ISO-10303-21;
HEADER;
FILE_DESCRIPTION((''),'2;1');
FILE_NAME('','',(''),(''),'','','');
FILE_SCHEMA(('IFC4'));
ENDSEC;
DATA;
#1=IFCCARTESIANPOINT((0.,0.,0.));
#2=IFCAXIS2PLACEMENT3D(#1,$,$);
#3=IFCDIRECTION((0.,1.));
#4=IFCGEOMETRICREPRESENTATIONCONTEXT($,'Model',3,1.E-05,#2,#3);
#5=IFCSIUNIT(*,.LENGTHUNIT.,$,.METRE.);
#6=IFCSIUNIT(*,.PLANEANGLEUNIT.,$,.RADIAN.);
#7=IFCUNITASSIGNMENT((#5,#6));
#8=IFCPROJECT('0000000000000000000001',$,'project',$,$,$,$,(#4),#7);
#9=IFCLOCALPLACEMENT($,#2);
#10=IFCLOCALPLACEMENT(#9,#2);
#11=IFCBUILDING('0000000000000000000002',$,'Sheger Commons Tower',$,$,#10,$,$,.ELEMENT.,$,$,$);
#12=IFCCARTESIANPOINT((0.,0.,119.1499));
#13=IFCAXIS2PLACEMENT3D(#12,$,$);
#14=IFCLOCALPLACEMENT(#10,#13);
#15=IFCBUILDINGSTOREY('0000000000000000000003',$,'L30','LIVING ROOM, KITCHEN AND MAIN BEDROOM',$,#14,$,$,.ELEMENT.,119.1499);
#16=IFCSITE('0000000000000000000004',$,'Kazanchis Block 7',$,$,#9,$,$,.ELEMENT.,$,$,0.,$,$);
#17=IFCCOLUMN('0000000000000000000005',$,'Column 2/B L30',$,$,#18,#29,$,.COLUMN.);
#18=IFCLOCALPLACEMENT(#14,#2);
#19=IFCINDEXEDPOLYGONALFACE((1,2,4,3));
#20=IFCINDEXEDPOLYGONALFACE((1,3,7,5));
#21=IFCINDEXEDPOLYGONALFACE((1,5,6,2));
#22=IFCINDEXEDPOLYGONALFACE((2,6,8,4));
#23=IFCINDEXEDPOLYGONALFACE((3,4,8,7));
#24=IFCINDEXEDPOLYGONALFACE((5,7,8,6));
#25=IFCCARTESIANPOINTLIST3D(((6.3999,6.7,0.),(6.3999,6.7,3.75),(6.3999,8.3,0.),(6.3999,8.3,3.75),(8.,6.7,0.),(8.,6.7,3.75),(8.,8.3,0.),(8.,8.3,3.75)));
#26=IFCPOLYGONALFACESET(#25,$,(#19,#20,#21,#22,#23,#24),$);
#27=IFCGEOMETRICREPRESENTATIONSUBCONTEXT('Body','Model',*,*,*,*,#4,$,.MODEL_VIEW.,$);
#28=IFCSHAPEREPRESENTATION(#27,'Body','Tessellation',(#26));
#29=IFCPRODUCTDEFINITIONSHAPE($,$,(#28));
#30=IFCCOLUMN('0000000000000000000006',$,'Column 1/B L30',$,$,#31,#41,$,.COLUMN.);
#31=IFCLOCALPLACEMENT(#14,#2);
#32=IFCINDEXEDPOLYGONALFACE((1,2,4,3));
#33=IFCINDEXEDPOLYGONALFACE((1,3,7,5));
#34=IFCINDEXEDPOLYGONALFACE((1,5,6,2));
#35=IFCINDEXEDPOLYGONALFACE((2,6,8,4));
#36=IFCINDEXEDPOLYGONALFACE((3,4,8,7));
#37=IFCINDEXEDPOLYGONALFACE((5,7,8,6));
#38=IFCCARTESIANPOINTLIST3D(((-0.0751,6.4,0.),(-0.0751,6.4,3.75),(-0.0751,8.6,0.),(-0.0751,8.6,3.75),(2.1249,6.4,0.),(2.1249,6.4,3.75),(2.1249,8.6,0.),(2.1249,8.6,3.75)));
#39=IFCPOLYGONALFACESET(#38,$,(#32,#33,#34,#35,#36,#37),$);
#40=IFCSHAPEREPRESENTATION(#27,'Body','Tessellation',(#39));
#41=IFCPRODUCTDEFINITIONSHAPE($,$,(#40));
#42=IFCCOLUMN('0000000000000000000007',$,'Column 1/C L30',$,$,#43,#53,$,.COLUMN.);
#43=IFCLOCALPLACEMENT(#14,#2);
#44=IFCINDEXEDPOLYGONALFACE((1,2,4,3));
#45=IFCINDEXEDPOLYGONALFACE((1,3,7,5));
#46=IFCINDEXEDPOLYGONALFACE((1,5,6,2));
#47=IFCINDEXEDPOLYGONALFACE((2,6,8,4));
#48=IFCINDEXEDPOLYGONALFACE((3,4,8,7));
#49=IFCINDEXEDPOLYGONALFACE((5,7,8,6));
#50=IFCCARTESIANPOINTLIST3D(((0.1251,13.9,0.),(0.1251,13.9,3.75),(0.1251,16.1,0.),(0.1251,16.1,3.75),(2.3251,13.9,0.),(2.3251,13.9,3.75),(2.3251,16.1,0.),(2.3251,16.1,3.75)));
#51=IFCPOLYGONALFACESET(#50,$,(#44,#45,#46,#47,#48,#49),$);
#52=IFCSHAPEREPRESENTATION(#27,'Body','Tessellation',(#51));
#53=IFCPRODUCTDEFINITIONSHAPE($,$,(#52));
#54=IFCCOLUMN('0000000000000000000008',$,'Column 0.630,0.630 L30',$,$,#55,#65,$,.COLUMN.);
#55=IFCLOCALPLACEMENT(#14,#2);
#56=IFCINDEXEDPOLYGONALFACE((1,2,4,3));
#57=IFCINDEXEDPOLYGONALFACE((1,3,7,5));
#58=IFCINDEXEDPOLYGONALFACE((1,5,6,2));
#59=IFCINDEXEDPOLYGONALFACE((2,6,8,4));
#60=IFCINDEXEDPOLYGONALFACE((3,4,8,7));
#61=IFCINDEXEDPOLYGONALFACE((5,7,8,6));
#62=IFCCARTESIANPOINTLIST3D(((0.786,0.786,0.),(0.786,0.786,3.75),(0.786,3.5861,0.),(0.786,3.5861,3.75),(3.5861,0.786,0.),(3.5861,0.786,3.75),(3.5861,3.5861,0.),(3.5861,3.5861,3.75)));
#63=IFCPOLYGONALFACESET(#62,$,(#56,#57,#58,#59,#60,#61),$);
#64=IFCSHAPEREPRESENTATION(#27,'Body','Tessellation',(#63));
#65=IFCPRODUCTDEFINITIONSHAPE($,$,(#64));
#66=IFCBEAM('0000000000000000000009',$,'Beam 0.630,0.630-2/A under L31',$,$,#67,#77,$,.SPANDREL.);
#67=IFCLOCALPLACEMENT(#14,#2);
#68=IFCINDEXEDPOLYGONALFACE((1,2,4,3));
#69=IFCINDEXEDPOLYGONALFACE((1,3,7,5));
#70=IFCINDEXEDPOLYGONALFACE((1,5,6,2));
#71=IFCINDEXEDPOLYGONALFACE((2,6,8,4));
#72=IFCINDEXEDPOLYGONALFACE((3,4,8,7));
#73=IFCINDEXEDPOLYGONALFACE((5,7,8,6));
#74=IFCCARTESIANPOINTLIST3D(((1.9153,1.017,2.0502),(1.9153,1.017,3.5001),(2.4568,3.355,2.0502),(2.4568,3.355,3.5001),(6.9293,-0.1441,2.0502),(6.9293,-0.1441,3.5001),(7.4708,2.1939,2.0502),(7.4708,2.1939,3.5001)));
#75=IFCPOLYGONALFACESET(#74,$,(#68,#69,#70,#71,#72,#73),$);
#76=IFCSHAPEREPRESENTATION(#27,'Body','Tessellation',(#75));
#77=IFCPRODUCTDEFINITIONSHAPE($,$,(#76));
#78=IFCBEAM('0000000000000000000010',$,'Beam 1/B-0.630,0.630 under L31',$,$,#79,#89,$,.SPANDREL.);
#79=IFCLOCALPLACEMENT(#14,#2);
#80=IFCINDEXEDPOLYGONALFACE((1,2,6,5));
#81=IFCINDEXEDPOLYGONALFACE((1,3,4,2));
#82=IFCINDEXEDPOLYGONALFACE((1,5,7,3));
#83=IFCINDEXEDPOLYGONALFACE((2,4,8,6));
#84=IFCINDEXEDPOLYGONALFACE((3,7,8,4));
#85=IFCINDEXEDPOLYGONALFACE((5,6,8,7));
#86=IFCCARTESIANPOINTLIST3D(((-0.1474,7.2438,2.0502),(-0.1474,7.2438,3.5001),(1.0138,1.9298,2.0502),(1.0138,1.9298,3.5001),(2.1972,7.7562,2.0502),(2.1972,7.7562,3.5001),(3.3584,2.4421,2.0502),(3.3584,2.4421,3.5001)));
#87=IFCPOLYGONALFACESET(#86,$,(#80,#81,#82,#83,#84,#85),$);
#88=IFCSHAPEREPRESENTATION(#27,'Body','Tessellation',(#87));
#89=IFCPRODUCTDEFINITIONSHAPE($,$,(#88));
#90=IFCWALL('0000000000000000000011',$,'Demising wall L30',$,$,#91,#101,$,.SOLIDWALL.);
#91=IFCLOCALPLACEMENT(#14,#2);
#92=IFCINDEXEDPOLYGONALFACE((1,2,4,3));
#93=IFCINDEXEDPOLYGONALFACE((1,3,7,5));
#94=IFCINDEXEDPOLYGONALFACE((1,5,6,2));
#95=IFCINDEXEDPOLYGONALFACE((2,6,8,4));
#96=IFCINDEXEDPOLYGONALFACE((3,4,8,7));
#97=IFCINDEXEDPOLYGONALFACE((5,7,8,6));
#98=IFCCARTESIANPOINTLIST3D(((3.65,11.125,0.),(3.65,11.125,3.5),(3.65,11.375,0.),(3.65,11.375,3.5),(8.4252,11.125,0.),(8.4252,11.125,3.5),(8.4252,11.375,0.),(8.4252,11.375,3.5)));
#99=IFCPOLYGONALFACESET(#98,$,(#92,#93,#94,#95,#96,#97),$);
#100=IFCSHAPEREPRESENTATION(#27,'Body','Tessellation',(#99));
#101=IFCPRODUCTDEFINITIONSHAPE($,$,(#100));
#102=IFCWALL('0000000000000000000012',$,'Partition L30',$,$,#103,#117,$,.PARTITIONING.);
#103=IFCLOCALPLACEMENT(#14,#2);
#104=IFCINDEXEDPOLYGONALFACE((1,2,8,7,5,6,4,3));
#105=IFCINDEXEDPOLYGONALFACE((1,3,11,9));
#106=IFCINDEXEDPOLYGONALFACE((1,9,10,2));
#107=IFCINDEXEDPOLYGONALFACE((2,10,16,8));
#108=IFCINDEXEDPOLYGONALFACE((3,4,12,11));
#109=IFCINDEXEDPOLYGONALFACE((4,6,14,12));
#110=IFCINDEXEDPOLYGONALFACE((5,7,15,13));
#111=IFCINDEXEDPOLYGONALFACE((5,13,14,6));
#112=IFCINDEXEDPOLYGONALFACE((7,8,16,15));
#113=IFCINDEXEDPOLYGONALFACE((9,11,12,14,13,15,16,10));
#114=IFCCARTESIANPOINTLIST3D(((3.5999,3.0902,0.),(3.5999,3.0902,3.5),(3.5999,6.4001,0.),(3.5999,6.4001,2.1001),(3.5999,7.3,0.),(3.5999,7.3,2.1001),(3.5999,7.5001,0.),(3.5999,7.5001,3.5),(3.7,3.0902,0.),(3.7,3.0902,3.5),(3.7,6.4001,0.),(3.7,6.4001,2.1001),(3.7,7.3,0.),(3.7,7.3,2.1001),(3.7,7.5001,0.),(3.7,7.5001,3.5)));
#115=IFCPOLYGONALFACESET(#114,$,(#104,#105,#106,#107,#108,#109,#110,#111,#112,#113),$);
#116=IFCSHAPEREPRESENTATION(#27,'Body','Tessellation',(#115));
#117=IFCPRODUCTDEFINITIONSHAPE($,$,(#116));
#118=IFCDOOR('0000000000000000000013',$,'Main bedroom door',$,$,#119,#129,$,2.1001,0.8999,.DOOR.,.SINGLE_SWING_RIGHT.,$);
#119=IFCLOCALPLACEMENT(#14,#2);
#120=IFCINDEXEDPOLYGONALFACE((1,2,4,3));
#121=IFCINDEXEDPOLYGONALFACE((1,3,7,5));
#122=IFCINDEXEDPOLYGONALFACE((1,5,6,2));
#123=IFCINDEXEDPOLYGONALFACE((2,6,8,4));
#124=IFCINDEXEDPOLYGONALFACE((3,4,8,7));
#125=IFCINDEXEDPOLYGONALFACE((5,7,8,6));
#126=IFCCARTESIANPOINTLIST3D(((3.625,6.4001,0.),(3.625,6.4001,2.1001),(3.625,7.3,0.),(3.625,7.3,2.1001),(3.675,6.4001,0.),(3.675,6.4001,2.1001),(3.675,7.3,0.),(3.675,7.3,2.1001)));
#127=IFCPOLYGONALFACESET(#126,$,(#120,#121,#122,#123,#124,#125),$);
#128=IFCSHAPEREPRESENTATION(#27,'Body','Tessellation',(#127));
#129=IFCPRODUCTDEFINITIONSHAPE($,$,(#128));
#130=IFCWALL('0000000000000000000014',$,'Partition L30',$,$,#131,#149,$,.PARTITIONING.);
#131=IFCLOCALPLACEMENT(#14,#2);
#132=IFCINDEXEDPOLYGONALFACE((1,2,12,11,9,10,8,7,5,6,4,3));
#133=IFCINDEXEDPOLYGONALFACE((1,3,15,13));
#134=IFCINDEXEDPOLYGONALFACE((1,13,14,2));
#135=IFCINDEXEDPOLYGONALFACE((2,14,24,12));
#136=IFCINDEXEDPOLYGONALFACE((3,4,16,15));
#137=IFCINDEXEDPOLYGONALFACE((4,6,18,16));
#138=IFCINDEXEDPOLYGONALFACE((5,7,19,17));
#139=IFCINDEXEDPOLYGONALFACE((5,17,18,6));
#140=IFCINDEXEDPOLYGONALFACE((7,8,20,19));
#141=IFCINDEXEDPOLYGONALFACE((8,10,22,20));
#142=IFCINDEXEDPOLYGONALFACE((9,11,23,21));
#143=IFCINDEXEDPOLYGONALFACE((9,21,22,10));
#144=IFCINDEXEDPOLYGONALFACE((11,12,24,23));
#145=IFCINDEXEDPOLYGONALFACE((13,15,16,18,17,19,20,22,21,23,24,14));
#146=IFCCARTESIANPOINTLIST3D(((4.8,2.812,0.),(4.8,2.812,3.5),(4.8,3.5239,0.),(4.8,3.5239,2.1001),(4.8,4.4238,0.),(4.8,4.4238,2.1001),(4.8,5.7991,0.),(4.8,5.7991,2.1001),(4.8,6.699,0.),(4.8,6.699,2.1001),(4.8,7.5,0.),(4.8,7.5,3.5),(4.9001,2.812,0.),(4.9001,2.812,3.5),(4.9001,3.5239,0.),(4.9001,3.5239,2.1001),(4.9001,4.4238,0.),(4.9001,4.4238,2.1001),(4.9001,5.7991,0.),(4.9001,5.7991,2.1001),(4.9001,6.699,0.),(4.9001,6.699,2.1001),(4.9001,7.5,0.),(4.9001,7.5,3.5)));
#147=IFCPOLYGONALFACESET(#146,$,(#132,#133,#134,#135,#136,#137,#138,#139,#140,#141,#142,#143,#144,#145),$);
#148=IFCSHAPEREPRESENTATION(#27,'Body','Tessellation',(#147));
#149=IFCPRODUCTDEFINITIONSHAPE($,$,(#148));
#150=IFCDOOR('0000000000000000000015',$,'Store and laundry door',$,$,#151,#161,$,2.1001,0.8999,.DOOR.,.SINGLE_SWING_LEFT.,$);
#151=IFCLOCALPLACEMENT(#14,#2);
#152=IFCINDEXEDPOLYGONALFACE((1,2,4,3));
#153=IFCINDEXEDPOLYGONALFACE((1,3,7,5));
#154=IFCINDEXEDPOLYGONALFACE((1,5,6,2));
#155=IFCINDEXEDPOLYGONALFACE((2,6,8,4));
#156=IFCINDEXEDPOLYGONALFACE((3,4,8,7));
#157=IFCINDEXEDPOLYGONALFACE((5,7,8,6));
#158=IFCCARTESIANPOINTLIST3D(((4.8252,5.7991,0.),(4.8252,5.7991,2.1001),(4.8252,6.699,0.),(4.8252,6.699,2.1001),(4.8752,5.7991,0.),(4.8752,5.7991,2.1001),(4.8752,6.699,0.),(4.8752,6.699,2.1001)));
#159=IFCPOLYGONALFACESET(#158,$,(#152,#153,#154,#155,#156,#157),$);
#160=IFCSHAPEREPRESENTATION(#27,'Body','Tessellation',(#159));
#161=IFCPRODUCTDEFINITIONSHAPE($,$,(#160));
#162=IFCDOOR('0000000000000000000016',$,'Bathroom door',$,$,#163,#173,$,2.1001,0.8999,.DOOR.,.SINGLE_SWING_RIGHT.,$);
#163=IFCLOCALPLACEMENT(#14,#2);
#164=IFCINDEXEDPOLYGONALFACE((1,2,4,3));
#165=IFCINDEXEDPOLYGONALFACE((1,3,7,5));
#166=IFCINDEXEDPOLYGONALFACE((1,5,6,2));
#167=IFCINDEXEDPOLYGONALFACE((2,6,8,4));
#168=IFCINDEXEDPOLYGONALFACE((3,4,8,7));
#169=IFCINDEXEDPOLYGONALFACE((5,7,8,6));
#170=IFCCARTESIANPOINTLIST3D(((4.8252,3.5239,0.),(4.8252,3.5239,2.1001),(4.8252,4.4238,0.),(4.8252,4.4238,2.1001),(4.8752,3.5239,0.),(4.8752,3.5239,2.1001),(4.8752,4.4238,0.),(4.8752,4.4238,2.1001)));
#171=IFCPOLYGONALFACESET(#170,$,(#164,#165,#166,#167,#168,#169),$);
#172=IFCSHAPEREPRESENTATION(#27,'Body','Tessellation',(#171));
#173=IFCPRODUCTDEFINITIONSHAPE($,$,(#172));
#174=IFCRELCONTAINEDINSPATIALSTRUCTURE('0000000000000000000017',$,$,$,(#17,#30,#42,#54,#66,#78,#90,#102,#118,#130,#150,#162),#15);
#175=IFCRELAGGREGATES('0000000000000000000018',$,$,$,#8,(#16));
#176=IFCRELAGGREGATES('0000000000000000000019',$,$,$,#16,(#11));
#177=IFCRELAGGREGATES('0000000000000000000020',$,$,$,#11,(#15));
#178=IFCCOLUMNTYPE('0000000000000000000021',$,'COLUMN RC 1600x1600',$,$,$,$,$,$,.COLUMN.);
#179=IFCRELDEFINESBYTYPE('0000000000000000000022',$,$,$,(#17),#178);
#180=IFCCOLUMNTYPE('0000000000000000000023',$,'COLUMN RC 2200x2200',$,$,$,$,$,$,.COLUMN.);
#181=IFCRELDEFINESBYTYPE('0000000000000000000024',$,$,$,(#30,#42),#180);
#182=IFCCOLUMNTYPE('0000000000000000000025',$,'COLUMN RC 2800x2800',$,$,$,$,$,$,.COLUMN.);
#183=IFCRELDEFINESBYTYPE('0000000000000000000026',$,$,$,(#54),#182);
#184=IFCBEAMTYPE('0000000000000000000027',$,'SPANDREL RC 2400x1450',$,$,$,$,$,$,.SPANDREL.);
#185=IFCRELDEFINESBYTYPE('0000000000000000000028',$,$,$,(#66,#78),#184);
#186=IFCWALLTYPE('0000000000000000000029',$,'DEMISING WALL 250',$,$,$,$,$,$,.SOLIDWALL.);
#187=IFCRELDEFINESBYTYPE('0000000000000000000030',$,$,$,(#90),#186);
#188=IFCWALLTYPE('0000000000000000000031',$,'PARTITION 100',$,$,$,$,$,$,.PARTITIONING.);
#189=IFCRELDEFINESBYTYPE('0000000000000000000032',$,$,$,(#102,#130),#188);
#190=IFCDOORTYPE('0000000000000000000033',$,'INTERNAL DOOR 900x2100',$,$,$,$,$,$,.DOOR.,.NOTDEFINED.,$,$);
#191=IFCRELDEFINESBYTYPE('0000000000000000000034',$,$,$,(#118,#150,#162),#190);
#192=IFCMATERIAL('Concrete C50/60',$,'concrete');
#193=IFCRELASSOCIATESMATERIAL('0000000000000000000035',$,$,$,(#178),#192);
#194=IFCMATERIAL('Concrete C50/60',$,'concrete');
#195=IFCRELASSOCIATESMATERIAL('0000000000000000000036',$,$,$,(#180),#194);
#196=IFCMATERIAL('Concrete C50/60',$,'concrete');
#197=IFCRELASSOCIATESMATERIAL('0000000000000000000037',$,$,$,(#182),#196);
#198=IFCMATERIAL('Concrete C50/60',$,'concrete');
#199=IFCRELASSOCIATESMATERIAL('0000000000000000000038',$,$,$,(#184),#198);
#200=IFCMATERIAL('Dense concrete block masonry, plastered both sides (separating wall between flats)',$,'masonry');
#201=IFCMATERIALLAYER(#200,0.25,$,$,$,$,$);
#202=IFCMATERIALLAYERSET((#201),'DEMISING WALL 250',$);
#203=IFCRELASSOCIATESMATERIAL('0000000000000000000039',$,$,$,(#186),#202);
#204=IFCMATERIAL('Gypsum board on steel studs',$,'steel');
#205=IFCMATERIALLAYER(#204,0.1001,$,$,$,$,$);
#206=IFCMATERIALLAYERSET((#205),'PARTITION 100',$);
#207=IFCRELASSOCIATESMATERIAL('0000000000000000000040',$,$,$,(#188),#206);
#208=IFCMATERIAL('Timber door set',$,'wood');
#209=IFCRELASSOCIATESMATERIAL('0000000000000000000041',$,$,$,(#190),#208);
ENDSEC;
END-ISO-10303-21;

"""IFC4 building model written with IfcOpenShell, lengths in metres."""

from ifc_helpers import new_model, si_unit, direction, frame, frame_2d, origin, origin_2d, place, context, subcontext, project, spatial, rectangle, extrude, material, layer, layer_set, material_profile, profile_set, type_object, element, fill, save


model = new_model("IFC4")

# Units and contexts
model_context = context("Model", 3, precision=1e-05, world=origin(), true_north=direction((0.0, 1.0)))
body_context = subcontext(model_context, "Body", "Model", "MODEL_VIEW")
ifc_project = project(units=[si_unit("LENGTHUNIT", "METRE"), si_unit("PLANEANGLEUNIT", "RADIAN")], contexts=[model_context])

# Site, building, storey
site_placement = place(None, origin())
site = spatial("IfcSite", under=ifc_project, at=site_placement, Name="Kazanchis Block 7", CompositionType="ELEMENT", RefElevation=0.0)
building_placement = place(site_placement, origin())
building = spatial("IfcBuilding", under=site, at=building_placement, Name="Sheger Commons Tower", CompositionType="ELEMENT")
storey_placement = place(building_placement, frame((0.0, 0.0, 119.1499)))
storey = spatial("IfcBuildingStorey", under=building, at=storey_placement, Name="L30", Description="LIVING ROOM, KITCHEN AND MAIN BEDROOM", CompositionType="ELEMENT", Elevation=119.1499)

# Columns
ifc_material_1 = material(Name="Concrete C50/60", Category="concrete")
ifc_material_profile_1 = material_profile(ifc_material_1, rectangle(XDim=1.6001, YDim=1.6001, at=origin_2d()), Name="RC 1600x1600")
ifc_profile_set_1 = profile_set([ifc_material_profile_1], Name="Concrete C50/60")
column_type_1 = type_object("IfcColumnType", Name="COLUMN RC 1600x1600", PredefinedType="COLUMN", material=ifc_profile_set_1)
column_1_placement = place(storey_placement, frame((7.2, 7.5, 0.0), z_axis=(0.0, 0.0, 1.0), x_axis=(1.0, 0.0, 0.0)))
element("IfcColumn", 1, at=column_1_placement, inside=storey, type_object=column_type_1, Name="Column 2/B L30", PredefinedType="COLUMN", context=body_context, shape_type="SweptSolid", body=[
    extrude(rectangle(XDim=1.6001, YDim=1.6001, at=origin_2d()), origin(), (0.0, 0.0, 1.0), 3.75),
])
ifc_material_2 = material(Name="Concrete C50/60", Category="concrete")
ifc_material_profile_2 = material_profile(ifc_material_2, rectangle(XDim=2.2, YDim=2.2, at=origin_2d()), Name="RC 2200x2200")
ifc_profile_set_2 = profile_set([ifc_material_profile_2], Name="Concrete C50/60")
column_type_2 = type_object("IfcColumnType", Name="COLUMN RC 2200x2200", PredefinedType="COLUMN", material=ifc_profile_set_2)
for number, where, z_axis, x_axis, name in (
    (2, (1.0249, 7.5, 0.0), (0.0, 0.0, 1.0), (1.0, 0.0, 0.0), "Column 1/B L30"),
    (3, (1.2251, 15.0, 0.0), (0.0, 0.0, 1.0), (1.0, 0.0, 0.0), "Column 1/C L30"),
):
    element("IfcColumn", number, at=place(storey_placement, frame(where, z_axis=z_axis, x_axis=x_axis)), inside=storey, type_object=column_type_2, Name=name, PredefinedType="COLUMN", context=body_context, shape_type="SweptSolid", body=[
        extrude(rectangle(XDim=2.2, YDim=2.2, at=origin_2d()), origin(), (0.0, 0.0, 1.0), 3.75),
    ])
ifc_material_3 = material(Name="Concrete C50/60", Category="concrete")
ifc_material_profile_3 = material_profile(ifc_material_3, rectangle(XDim=2.8, YDim=2.8, at=origin_2d()), Name="RC 2800x2800")
ifc_profile_set_3 = profile_set([ifc_material_profile_3], Name="Concrete C50/60")
column_type_3 = type_object("IfcColumnType", Name="COLUMN RC 2800x2800", PredefinedType="COLUMN", material=ifc_profile_set_3)
column_2_placement = place(storey_placement, frame((2.186, 2.186, 0.0), z_axis=(0.0, 0.0, 1.0), x_axis=(1.0, 0.0, 0.0)))
element("IfcColumn", 4, at=column_2_placement, inside=storey, type_object=column_type_3, Name="Column 0.630,0.630 L30", PredefinedType="COLUMN", context=body_context, shape_type="SweptSolid", body=[
    extrude(rectangle(XDim=2.8, YDim=2.8, at=origin_2d()), origin(), (0.0, 0.0, 1.0), 3.75),
])

# Beams
ifc_material_4 = material(Name="Concrete C50/60", Category="concrete")
ifc_material_profile_4 = material_profile(ifc_material_4, rectangle(XDim=2.3999, YDim=1.45, at=origin_2d()), Name="RC 2400x1450")
ifc_profile_set_4 = profile_set([ifc_material_profile_4], Name="Concrete C50/60")
beam_type = type_object("IfcBeamType", Name="SPANDREL RC 2400x1450", PredefinedType="SPANDREL", material=ifc_profile_set_4)
beam_1_placement = place(storey_placement, frame((2.186, 2.186, 2.7751), z_axis=(0.974217, -0.225611, 0.0), x_axis=(0.225611, 0.974217, 0.0)))
element("IfcBeam", 5, at=beam_1_placement, inside=storey, type_object=beam_type, Name="Beam 0.630,0.630-2/A under L31", PredefinedType="SPANDREL", context=body_context, shape_type="SweptSolid", body=[
    extrude(rectangle(XDim=2.3999, YDim=1.45, at=origin_2d()), origin(), (0.0, 0.0, 1.0), 5.1467),
])
beam_2_placement = place(storey_placement, frame((1.0249, 7.5, 2.7751), z_axis=(0.213469, -0.97695, 0.0), x_axis=(0.97695, 0.213469, 0.0)))
element("IfcBeam", 6, at=beam_2_placement, inside=storey, type_object=beam_type, Name="Beam 1/B-0.630,0.630 under L31", PredefinedType="SPANDREL", context=body_context, shape_type="SweptSolid", body=[
    extrude(rectangle(XDim=2.3999, YDim=1.45, at=origin_2d()), origin(), (0.0, 0.0, 1.0), 5.4395),
])

# Wall
ifc_material_5 = material(Name="Dense concrete block masonry, plastered both sides (separating wall between flats)", Category="masonry")
ifc_layer_1 = layer(ifc_material_5, 0.25)
ifc_layer_set_1 = layer_set([ifc_layer_1], Name="DEMISING WALL 250")
wall_type_1 = type_object("IfcWallType", Name="DEMISING WALL 250", PredefinedType="SOLIDWALL", material=ifc_layer_set_1)
wall_1_placement = place(storey_placement, frame((3.6499, 11.25, 0.0), z_axis=(0.0, 0.0, 1.0), x_axis=(1.0, 0.0, 0.0)))
element("IfcWall", 7, at=wall_1_placement, inside=storey, type_object=wall_type_1, Name="Demising wall L30", PredefinedType="SOLIDWALL", context=body_context, shape_type="SweptSolid", body=[
    extrude(rectangle(XDim=4.7751, YDim=0.25, at=frame_2d((2.3877, 0.0))), origin(), (0.0, 0.0, 1.0), 3.5),
])

# Wall, opening, door
ifc_material_6 = material(Name="Gypsum board on steel studs", Category="steel")
ifc_layer_2 = layer(ifc_material_6, 0.1001)
ifc_layer_set_2 = layer_set([ifc_layer_2], Name="PARTITION 100")
wall_type_2 = type_object("IfcWallType", Name="PARTITION 100", PredefinedType="PARTITIONING", material=ifc_layer_set_2)
wall_2_placement = place(storey_placement, frame((3.6499, 3.0901, 0.0), z_axis=(0.0, 0.0, 1.0), x_axis=(0.0, 1.0, 0.0)))
wall_2 = element("IfcWall", 8, at=wall_2_placement, inside=storey, type_object=wall_type_2, Name="Partition L30", PredefinedType="PARTITIONING", context=body_context, shape_type="SweptSolid", body=[
    extrude(rectangle(XDim=4.4099, YDim=0.1001, at=frame_2d((2.2051, 0.0))), origin(), (0.0, 0.0, 1.0), 3.5),
])
opening_1_placement = place(wall_2_placement, frame((3.3101, 0.0, 0.0)))
opening_1 = element("IfcOpeningElement", 9, at=opening_1_placement, cuts=wall_2, PredefinedType="OPENING", context=body_context, shape_type="SweptSolid", body=[
    extrude(rectangle(XDim=0.8999, YDim=2.1001, at=frame_2d((0.45, 1.05))), frame((0.0, 0.0601, 0.0), z_axis=(0.0, -1.0, 0.0), x_axis=(1.0, 0.0, 0.0)), (0.0, 0.0, 1.0), 0.1201),
])
ifc_material_7 = material(Name="Timber door set", Category="wood")
door_type = type_object("IfcDoorType", Name="INTERNAL DOOR 900x2100", OperationType="NOTDEFINED", PredefinedType="DOOR", material=ifc_material_7)
door_1_placement = place(opening_1_placement, origin())
door_1 = element("IfcDoor", 10, at=door_1_placement, inside=storey, type_object=door_type, Name="Main bedroom door", OperationType="SINGLE_SWING_RIGHT", OverallHeight=2.1001, OverallWidth=0.8999, PredefinedType="DOOR", context=body_context, shape_type="SweptSolid", body=[
    extrude(rectangle(XDim=0.8999, YDim=2.1001, at=frame_2d((0.45, 1.05))), frame((0.0, 0.0249, 0.0), z_axis=(0.0, -1.0, 0.0), x_axis=(1.0, 0.0, 0.0)), (0.0, 0.0, 1.0), 0.05),
])
fill(opening_1, door_1)

# Wall, openings, doors
wall_3_placement = place(storey_placement, frame((4.8501, 2.812, 0.0), z_axis=(0.0, 0.0, 1.0), x_axis=(0.0, 1.0, 0.0)))
wall_3 = element("IfcWall", 11, at=wall_3_placement, inside=storey, type_object=wall_type_2, Name="Partition L30", PredefinedType="PARTITIONING", context=body_context, shape_type="SweptSolid", body=[
    extrude(rectangle(XDim=4.688, YDim=0.1001, at=frame_2d((2.344, 0.0))), origin(), (0.0, 0.0, 1.0), 3.5),
])
opening_2_placement = place(wall_3_placement, frame((2.9871, 0.0, 0.0)))
opening_2 = element("IfcOpeningElement", 12, at=opening_2_placement, cuts=wall_3, PredefinedType="OPENING", context=body_context, shape_type="SweptSolid", body=[
    extrude(rectangle(XDim=0.8999, YDim=2.1001, at=frame_2d((0.45, 1.05))), frame((0.0, 0.0601, 0.0), z_axis=(0.0, -1.0, 0.0), x_axis=(1.0, 0.0, 0.0)), (0.0, 0.0, 1.0), 0.1201),
])
opening_3_placement = place(wall_3_placement, frame((0.7119, 0.0, 0.0)))
opening_3 = element("IfcOpeningElement", 13, at=opening_3_placement, cuts=wall_3, PredefinedType="OPENING", context=body_context, shape_type="SweptSolid", body=[
    extrude(rectangle(XDim=0.8999, YDim=2.1001, at=frame_2d((0.45, 1.05))), frame((0.0, 0.0601, 0.0), z_axis=(0.0, -1.0, 0.0), x_axis=(1.0, 0.0, 0.0)), (0.0, 0.0, 1.0), 0.1201),
])
door_2_placement = place(opening_2_placement, origin())
door_2 = element("IfcDoor", 14, at=door_2_placement, inside=storey, type_object=door_type, Name="Store and laundry door", OperationType="SINGLE_SWING_LEFT", OverallHeight=2.1001, OverallWidth=0.8999, PredefinedType="DOOR", context=body_context, shape_type="SweptSolid", body=[
    extrude(rectangle(XDim=0.8999, YDim=2.1001, at=frame_2d((0.45, 1.05))), frame((0.0, 0.0249, 0.0), z_axis=(0.0, -1.0, 0.0), x_axis=(1.0, 0.0, 0.0)), (0.0, 0.0, 1.0), 0.05),
])
fill(opening_2, door_2)
door_3_placement = place(opening_3_placement, origin())
door_3 = element("IfcDoor", 15, at=door_3_placement, inside=storey, type_object=door_type, Name="Bathroom door", OperationType="SINGLE_SWING_RIGHT", OverallHeight=2.1001, OverallWidth=0.8999, PredefinedType="DOOR", context=body_context, shape_type="SweptSolid", body=[
    extrude(rectangle(XDim=0.8999, YDim=2.1001, at=frame_2d((0.45, 1.05))), frame((0.0, 0.0249, 0.0), z_axis=(0.0, -1.0, 0.0), x_axis=(1.0, 0.0, 0.0)), (0.0, 0.0, 1.0), 0.05),
])
fill(opening_3, door_3)

save(model, "model.ifc")
